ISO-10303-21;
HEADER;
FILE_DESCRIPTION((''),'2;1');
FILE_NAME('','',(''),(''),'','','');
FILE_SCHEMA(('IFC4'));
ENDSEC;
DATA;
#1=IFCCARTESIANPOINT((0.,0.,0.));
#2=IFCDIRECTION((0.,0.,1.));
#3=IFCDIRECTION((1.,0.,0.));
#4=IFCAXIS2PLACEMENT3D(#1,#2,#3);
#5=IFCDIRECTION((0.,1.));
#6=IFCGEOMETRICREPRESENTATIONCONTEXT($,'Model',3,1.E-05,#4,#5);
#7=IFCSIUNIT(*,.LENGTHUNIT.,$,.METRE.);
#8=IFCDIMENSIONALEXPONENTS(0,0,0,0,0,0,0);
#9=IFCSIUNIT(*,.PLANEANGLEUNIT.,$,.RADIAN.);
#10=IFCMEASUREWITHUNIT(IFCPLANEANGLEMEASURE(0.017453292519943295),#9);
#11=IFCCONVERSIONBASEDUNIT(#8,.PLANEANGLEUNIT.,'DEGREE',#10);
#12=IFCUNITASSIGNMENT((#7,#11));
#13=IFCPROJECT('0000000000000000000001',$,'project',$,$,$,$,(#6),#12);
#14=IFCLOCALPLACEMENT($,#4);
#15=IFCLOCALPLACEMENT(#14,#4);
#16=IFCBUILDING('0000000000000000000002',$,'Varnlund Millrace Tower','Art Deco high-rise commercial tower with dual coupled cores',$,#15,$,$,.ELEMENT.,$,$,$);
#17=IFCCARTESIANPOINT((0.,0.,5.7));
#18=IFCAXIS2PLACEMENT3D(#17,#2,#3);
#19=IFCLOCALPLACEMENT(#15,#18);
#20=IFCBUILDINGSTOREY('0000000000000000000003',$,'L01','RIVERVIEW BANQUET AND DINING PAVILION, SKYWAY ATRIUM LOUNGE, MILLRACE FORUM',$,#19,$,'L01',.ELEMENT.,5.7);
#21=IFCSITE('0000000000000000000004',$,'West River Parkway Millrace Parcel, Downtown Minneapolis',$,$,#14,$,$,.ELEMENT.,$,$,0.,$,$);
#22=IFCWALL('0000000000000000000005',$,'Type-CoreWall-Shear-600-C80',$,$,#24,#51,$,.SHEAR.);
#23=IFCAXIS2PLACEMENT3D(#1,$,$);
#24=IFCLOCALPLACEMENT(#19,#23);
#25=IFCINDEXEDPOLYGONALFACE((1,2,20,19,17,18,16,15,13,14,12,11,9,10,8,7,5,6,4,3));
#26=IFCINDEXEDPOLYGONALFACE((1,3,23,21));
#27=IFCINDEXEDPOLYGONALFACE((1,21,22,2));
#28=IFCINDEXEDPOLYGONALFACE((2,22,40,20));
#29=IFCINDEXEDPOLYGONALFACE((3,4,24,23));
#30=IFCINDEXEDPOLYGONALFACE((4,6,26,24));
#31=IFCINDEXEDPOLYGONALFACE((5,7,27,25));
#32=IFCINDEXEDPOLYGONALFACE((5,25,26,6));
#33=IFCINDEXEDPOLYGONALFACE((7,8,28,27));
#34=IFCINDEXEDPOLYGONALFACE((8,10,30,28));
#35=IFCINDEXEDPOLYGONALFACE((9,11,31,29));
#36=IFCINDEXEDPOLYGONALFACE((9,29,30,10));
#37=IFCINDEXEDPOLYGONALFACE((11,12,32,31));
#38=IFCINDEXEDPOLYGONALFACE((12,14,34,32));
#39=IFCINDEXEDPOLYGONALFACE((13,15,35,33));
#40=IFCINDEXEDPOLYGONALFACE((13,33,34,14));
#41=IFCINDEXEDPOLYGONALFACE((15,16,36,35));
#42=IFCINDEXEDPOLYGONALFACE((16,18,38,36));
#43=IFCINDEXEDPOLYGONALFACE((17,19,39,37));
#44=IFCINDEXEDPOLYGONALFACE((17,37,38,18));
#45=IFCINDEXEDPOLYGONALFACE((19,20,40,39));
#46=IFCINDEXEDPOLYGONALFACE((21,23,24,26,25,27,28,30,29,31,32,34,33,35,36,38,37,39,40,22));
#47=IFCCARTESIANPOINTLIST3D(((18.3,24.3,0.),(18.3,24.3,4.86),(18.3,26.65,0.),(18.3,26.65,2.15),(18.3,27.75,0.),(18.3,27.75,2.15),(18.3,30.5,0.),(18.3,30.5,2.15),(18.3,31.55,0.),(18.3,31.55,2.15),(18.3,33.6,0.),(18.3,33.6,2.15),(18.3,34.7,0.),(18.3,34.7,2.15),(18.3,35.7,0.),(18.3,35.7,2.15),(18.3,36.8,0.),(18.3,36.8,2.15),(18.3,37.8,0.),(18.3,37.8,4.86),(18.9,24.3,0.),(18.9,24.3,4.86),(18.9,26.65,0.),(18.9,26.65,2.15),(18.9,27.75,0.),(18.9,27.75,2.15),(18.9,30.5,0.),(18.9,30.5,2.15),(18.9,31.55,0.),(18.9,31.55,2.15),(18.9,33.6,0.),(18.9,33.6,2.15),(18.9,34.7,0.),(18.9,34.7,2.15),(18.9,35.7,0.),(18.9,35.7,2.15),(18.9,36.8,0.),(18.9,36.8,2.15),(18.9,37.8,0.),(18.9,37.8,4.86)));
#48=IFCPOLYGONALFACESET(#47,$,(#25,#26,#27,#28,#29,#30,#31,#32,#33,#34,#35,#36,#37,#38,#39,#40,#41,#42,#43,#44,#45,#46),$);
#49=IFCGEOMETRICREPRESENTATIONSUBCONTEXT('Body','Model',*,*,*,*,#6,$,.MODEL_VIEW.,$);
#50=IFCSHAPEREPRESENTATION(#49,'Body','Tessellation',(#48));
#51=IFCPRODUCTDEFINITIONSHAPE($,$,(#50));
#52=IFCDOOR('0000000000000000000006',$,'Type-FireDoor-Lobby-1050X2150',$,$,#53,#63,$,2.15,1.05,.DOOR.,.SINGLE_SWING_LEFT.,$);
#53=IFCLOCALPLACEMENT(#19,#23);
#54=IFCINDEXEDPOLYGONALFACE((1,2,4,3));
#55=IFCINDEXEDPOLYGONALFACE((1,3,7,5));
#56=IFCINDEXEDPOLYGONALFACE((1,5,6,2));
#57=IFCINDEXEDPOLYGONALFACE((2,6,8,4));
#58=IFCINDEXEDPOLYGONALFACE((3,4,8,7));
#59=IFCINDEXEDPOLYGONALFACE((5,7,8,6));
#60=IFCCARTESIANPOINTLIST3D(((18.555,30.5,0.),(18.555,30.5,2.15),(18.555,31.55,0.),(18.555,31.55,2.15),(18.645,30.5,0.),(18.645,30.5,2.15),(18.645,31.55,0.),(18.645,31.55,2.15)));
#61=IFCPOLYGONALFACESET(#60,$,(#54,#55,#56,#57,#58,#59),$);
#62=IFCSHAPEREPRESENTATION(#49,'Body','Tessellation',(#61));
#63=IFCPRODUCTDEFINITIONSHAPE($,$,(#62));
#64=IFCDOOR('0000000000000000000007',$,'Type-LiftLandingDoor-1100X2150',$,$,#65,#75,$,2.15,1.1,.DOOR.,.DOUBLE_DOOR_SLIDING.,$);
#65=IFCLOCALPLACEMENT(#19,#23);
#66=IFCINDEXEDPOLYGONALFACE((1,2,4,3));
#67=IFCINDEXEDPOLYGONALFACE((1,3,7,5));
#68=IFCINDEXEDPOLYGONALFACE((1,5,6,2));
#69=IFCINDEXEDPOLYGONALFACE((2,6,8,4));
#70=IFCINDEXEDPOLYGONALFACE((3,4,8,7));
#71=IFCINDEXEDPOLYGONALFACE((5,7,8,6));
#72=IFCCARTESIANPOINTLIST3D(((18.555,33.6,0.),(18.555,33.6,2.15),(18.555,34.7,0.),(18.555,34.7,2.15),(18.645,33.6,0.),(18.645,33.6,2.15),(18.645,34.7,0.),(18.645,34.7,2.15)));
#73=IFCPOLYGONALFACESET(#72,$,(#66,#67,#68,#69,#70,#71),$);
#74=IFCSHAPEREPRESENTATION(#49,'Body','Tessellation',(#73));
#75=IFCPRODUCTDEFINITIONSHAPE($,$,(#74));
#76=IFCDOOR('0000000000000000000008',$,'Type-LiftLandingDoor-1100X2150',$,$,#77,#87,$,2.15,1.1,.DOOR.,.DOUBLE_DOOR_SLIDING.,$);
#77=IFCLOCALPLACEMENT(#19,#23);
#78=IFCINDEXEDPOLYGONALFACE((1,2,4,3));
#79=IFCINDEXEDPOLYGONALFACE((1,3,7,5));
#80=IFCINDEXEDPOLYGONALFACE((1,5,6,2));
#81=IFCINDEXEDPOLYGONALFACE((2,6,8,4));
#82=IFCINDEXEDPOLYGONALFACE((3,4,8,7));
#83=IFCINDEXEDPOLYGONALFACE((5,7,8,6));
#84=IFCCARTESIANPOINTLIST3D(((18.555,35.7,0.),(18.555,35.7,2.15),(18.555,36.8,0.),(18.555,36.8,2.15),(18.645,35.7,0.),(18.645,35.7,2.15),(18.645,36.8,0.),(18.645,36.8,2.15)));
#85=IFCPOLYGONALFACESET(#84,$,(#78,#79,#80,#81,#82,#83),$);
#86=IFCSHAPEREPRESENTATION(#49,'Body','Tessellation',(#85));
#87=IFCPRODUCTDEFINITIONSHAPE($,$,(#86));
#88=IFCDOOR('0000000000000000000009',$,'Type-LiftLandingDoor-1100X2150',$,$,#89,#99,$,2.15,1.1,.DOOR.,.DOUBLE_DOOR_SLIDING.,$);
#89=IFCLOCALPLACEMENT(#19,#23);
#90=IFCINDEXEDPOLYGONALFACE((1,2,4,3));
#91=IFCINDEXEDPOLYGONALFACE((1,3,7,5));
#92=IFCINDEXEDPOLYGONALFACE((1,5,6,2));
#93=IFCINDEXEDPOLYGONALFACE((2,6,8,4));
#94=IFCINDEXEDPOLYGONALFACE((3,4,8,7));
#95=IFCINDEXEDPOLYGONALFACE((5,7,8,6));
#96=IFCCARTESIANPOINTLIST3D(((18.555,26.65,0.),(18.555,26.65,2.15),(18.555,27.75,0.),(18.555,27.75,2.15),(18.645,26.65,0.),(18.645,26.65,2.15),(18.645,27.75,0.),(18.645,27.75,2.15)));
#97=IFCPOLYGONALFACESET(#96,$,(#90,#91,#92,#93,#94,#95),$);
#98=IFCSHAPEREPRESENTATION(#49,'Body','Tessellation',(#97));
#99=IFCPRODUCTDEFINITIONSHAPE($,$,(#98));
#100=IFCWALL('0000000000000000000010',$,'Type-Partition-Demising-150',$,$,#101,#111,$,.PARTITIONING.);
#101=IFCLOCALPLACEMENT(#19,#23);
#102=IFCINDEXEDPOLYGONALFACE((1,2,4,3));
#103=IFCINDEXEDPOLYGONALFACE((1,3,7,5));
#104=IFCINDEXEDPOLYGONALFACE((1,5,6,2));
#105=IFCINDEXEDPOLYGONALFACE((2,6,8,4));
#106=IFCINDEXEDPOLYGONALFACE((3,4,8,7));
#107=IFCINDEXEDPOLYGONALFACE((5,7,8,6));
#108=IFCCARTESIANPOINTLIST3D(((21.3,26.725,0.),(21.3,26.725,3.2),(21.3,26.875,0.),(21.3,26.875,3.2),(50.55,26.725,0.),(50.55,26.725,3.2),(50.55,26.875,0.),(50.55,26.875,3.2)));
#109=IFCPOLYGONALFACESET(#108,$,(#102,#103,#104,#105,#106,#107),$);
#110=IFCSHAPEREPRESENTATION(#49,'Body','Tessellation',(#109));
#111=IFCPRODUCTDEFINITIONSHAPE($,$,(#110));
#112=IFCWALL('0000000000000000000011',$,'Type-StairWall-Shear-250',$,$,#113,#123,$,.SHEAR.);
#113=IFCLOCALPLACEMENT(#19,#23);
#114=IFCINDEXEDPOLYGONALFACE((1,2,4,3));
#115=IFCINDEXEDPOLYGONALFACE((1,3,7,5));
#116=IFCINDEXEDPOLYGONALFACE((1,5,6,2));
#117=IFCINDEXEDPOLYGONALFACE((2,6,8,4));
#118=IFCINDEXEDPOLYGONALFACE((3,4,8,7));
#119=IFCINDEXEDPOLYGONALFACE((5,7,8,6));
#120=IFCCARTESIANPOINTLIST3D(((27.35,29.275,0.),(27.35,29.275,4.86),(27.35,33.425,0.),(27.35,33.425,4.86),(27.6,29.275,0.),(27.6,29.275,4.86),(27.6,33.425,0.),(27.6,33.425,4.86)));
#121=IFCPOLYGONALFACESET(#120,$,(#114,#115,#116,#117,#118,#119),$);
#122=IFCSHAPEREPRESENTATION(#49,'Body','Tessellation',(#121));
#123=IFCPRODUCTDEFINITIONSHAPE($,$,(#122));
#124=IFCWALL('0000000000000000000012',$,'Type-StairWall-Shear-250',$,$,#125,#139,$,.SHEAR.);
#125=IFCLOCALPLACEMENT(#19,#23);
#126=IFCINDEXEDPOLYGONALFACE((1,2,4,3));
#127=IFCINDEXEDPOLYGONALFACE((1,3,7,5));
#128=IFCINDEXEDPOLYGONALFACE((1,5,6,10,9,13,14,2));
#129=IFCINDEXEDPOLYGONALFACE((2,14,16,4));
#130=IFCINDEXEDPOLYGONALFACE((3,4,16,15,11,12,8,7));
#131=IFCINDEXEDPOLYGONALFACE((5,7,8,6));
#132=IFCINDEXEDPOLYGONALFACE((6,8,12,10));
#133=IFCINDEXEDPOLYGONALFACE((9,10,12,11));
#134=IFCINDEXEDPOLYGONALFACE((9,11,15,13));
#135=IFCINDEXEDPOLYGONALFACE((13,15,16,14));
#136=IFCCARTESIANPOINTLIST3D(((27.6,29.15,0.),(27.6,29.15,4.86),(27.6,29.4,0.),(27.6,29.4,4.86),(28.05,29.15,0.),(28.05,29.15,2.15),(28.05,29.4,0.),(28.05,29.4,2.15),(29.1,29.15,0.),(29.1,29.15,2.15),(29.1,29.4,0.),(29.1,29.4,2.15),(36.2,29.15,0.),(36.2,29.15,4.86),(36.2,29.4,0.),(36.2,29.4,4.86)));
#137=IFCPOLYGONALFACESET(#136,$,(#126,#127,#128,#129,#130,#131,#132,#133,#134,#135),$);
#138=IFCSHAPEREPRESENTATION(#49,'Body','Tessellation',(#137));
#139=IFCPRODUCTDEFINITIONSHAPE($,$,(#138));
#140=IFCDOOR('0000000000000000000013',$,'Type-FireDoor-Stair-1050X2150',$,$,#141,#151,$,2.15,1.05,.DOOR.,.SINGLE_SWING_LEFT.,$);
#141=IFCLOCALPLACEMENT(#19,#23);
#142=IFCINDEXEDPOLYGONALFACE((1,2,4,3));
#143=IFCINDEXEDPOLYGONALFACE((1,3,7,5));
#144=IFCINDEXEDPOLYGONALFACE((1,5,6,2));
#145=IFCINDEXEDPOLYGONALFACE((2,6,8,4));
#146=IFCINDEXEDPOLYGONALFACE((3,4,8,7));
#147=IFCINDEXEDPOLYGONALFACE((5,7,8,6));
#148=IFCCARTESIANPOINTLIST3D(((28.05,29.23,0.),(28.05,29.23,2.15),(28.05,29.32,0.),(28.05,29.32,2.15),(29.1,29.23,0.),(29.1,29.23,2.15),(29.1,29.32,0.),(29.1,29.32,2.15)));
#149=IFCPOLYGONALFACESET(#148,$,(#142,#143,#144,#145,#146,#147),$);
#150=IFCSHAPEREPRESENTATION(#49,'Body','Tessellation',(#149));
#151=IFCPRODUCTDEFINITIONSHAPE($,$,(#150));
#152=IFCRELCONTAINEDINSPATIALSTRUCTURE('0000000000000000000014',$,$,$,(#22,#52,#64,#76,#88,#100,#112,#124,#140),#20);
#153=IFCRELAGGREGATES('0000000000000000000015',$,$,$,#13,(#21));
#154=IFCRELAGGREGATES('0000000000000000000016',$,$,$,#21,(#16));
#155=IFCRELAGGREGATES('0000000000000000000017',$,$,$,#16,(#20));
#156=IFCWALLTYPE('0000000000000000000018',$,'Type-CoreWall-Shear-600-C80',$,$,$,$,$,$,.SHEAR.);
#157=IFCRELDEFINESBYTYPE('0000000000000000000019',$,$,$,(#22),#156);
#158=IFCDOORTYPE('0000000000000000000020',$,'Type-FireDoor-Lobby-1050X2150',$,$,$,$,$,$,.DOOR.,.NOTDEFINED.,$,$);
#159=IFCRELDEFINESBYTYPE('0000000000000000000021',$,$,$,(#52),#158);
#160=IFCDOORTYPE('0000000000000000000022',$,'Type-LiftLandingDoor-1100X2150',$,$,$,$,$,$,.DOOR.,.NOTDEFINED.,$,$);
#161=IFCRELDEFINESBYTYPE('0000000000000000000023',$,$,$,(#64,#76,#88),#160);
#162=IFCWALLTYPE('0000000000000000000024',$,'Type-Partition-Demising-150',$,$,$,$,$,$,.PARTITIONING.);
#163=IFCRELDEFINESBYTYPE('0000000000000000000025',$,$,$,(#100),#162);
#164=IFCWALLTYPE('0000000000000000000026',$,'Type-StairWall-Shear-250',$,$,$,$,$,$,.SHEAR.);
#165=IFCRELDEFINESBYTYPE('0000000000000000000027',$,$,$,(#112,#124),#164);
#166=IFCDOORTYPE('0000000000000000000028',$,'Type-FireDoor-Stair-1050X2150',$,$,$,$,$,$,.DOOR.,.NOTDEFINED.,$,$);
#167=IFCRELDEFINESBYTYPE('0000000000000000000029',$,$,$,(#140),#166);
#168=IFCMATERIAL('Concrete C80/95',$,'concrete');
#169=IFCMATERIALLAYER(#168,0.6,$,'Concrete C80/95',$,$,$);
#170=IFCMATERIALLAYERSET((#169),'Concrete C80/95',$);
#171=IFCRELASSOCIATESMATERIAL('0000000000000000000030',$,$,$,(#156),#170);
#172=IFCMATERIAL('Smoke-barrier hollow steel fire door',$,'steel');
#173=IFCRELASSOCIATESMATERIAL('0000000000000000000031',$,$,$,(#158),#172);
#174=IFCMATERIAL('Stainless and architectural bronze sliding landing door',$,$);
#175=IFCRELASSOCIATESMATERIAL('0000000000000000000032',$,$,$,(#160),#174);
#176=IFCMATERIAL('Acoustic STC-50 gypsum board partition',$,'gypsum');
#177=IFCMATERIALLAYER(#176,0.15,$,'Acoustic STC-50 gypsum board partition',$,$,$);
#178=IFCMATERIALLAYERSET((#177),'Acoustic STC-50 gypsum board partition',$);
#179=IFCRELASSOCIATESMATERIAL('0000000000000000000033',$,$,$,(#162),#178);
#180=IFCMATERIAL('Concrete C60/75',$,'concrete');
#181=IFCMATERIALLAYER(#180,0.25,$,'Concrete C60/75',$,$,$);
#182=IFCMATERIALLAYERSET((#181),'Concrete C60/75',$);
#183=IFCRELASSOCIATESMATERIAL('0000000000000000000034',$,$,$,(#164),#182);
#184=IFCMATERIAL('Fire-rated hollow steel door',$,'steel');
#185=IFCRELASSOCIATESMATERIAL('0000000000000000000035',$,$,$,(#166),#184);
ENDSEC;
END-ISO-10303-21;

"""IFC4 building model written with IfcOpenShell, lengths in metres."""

from ifc_helpers import new_model, entity, si_unit, converted_unit, direction, frame, origin_with_axes, origin_2d_with_axis, place, context, subcontext, project, spatial, polyline, rectangle, outline, extrude, material, layer, layer_set, type_object, element, fill, save


model = new_model("IFC4")

# Units and contexts
model_context = context("Model", 3, precision=1e-05, world=origin_with_axes(), true_north=direction((0.0, 1.0)))
body_context = subcontext(model_context, "Body", "Model", "MODEL_VIEW")
ifc_project = project(units=[si_unit("LENGTHUNIT", "METRE"), converted_unit("PLANEANGLEUNIT", "DEGREE", entity("IfcPlaneAngleMeasure", 0.017453292519943295), si_unit("PLANEANGLEUNIT", "RADIAN"), dimensions=[0, 0, 0, 0, 0, 0, 0])], contexts=[model_context])

# Site, building, storey
site_placement = place(None, origin_with_axes())
site = spatial("IfcSite", under=ifc_project, at=site_placement, Name="West River Parkway Millrace Parcel, Downtown Minneapolis", CompositionType="ELEMENT", RefElevation=0.0)
building_placement = place(site_placement, origin_with_axes())
building = spatial("IfcBuilding", under=site, at=building_placement, Name="Varnlund Millrace Tower", Description="Art Deco high-rise commercial tower with dual coupled cores", CompositionType="ELEMENT")
storey_placement = place(building_placement, frame((0.0, 0.0, 5.7), z_axis=(0.0, 0.0, 1.0), x_axis=(1.0, 0.0, 0.0)))
storey = spatial("IfcBuildingStorey", under=building, at=storey_placement, Name="L01", Description="RIVERVIEW BANQUET AND DINING PAVILION, SKYWAY ATRIUM LOUNGE, MILLRACE FORUM", LongName="L01", CompositionType="ELEMENT", Elevation=5.7)

# Shared definitions
ifc_material_1 = material(Name="Concrete C80/95", Category="concrete")

# Wall, openings, doors
ifc_layer_1 = layer(ifc_material_1, 0.6, Name="Concrete C80/95")
ifc_layer_set_1 = layer_set([ifc_layer_1], Name="Concrete C80/95")
wall_type_1 = type_object("IfcWallType", Name="Type-CoreWall-Shear-600-C80", PredefinedType="SHEAR", material=ifc_layer_set_1)
wall_1_placement = place(storey_placement, frame((18.6, 24.3, 0.0), z_axis=(0.0, 0.0, 1.0), x_axis=(0.0, 1.0, 0.0)))
wall_1 = element("IfcWall", 1, at=wall_1_placement, inside=storey, type_object=wall_type_1, Name="Type-CoreWall-Shear-600-C80", PredefinedType="SHEAR", context=body_context, shape_type="SweptSolid", body=[
    extrude(outline(polyline([(0.0, -0.3), (13.5, -0.3), (13.5, 0.3), (0.0, 0.3), (0.0, -0.3)])), origin_with_axes(), (0.0, 0.0, 1.0), 4.86),
])
opening_1_placement = place(wall_1_placement, frame((9.85, 0.0, 0.0), z_axis=(0.0, 0.0, 1.0), x_axis=(1.0, 0.0, 0.0)))
opening_1 = element("IfcOpeningElement", 2, at=opening_1_placement, cuts=wall_1, PredefinedType="OPENING", context=body_context, shape_type="SweptSolid", body=[
    extrude(rectangle(XDim=1.1, YDim=0.62, at=origin_2d_with_axis()), origin_with_axes(), (0.0, 0.0, 1.0), 2.15),
])
opening_2_placement = place(wall_1_placement, frame((11.95, 0.0, 0.0), z_axis=(0.0, 0.0, 1.0), x_axis=(1.0, 0.0, 0.0)))
opening_2 = element("IfcOpeningElement", 3, at=opening_2_placement, cuts=wall_1, PredefinedType="OPENING", context=body_context, shape_type="SweptSolid", body=[
    extrude(rectangle(XDim=1.1, YDim=0.62, at=origin_2d_with_axis()), origin_with_axes(), (0.0, 0.0, 1.0), 2.15),
])
opening_3_placement = place(wall_1_placement, frame((2.9, 0.0, 0.0), z_axis=(0.0, 0.0, 1.0), x_axis=(1.0, 0.0, 0.0)))
opening_3 = element("IfcOpeningElement", 4, at=opening_3_placement, cuts=wall_1, PredefinedType="OPENING", context=body_context, shape_type="SweptSolid", body=[
    extrude(rectangle(XDim=1.1, YDim=0.62, at=origin_2d_with_axis()), origin_with_axes(), (0.0, 0.0, 1.0), 2.15),
])
opening_4_placement = place(wall_1_placement, frame((6.725, 0.0, 0.0), z_axis=(0.0, 0.0, 1.0), x_axis=(1.0, 0.0, 0.0)))
opening_4 = element("IfcOpeningElement", 5, at=opening_4_placement, cuts=wall_1, PredefinedType="OPENING", context=body_context, shape_type="SweptSolid", body=[
    extrude(rectangle(XDim=1.05, YDim=0.62, at=origin_2d_with_axis()), origin_with_axes(), (0.0, 0.0, 1.0), 2.15),
])
ifc_material_2 = material(Name="Smoke-barrier hollow steel fire door", Category="steel")
door_type_1 = type_object("IfcDoorType", Name="Type-FireDoor-Lobby-1050X2150", OperationType="NOTDEFINED", PredefinedType="DOOR", material=ifc_material_2)
door_1_placement = place(wall_1_placement, frame((6.725, 0.0, 0.0), z_axis=(0.0, 0.0, 1.0), x_axis=(1.0, 0.0, 0.0)))
door_1 = element("IfcDoor", 6, at=door_1_placement, inside=storey, type_object=door_type_1, Name="Type-FireDoor-Lobby-1050X2150", OperationType="SINGLE_SWING_LEFT", OverallHeight=2.15, OverallWidth=1.05, PredefinedType="DOOR", context=body_context, shape_type="SweptSolid", body=[
    extrude(rectangle(XDim=1.05, YDim=0.09, at=origin_2d_with_axis()), origin_with_axes(), (0.0, 0.0, 1.0), 2.15),
])
fill(opening_4, door_1)
ifc_material_3 = material(Name="Stainless and architectural bronze sliding landing door")
door_type_2 = type_object("IfcDoorType", Name="Type-LiftLandingDoor-1100X2150", OperationType="NOTDEFINED", PredefinedType="DOOR", material=ifc_material_3)
door_2_placement = place(wall_1_placement, frame((9.85, 0.0, 0.0), z_axis=(0.0, 0.0, 1.0), x_axis=(1.0, 0.0, 0.0)))
door_2 = element("IfcDoor", 7, at=door_2_placement, inside=storey, type_object=door_type_2, Name="Type-LiftLandingDoor-1100X2150", OperationType="DOUBLE_DOOR_SLIDING", OverallHeight=2.15, OverallWidth=1.1, PredefinedType="DOOR", context=body_context, shape_type="SweptSolid", body=[
    extrude(rectangle(XDim=1.1, YDim=0.09, at=origin_2d_with_axis()), origin_with_axes(), (0.0, 0.0, 1.0), 2.15),
])
fill(opening_1, door_2)
door_3_placement = place(wall_1_placement, frame((11.95, 0.0, 0.0), z_axis=(0.0, 0.0, 1.0), x_axis=(1.0, 0.0, 0.0)))
door_3 = element("IfcDoor", 8, at=door_3_placement, inside=storey, type_object=door_type_2, Name="Type-LiftLandingDoor-1100X2150", OperationType="DOUBLE_DOOR_SLIDING", OverallHeight=2.15, OverallWidth=1.1, PredefinedType="DOOR", context=body_context, shape_type="SweptSolid", body=[
    extrude(rectangle(XDim=1.1, YDim=0.09, at=origin_2d_with_axis()), origin_with_axes(), (0.0, 0.0, 1.0), 2.15),
])
fill(opening_2, door_3)
door_4_placement = place(wall_1_placement, frame((2.9, 0.0, 0.0), z_axis=(0.0, 0.0, 1.0), x_axis=(1.0, 0.0, 0.0)))
door_4 = element("IfcDoor", 9, at=door_4_placement, inside=storey, type_object=door_type_2, Name="Type-LiftLandingDoor-1100X2150", OperationType="DOUBLE_DOOR_SLIDING", OverallHeight=2.15, OverallWidth=1.1, PredefinedType="DOOR", context=body_context, shape_type="SweptSolid", body=[
    extrude(rectangle(XDim=1.1, YDim=0.09, at=origin_2d_with_axis()), origin_with_axes(), (0.0, 0.0, 1.0), 2.15),
])
fill(opening_3, door_4)

# Walls
ifc_material_4 = material(Name="Acoustic STC-50 gypsum board partition", Category="gypsum")
ifc_layer_2 = layer(ifc_material_4, 0.15, Name="Acoustic STC-50 gypsum board partition")
ifc_layer_set_2 = layer_set([ifc_layer_2], Name="Acoustic STC-50 gypsum board partition")
wall_type_2 = type_object("IfcWallType", Name="Type-Partition-Demising-150", PredefinedType="PARTITIONING", material=ifc_layer_set_2)
wall_2_placement = place(storey_placement, frame((21.3, 26.8, 0.0), z_axis=(0.0, 0.0, 1.0), x_axis=(1.0, 0.0, 0.0)))
element("IfcWall", 10, at=wall_2_placement, inside=storey, type_object=wall_type_2, Name="Type-Partition-Demising-150", PredefinedType="PARTITIONING", context=body_context, shape_type="SweptSolid", body=[
    extrude(outline(polyline([(0.0, -0.075), (29.25, -0.075), (29.25, 0.075), (0.0, 0.075), (0.0, -0.075)])), origin_with_axes(), (0.0, 0.0, 1.0), 3.2),
])
ifc_material_5 = material(Name="Concrete C60/75", Category="concrete")
ifc_layer_3 = layer(ifc_material_5, 0.25, Name="Concrete C60/75")
ifc_layer_set_3 = layer_set([ifc_layer_3], Name="Concrete C60/75")
wall_type_3 = type_object("IfcWallType", Name="Type-StairWall-Shear-250", PredefinedType="SHEAR", material=ifc_layer_set_3)
wall_3_placement = place(storey_placement, frame((27.475, 29.275, 0.0), z_axis=(0.0, 0.0, 1.0), x_axis=(0.0, 1.0, 0.0)))
element("IfcWall", 11, at=wall_3_placement, inside=storey, type_object=wall_type_3, Name="Type-StairWall-Shear-250", PredefinedType="SHEAR", context=body_context, shape_type="SweptSolid", body=[
    extrude(outline(polyline([(0.0, -0.125), (4.15, -0.125), (4.15, 0.125), (0.0, 0.125), (0.0, -0.125)])), origin_with_axes(), (0.0, 0.0, 1.0), 4.86),
])

# Wall, opening, door
wall_4_placement = place(storey_placement, frame((27.6, 29.275, 0.0), z_axis=(0.0, 0.0, 1.0), x_axis=(1.0, 0.0, 0.0)))
wall_4 = element("IfcWall", 12, at=wall_4_placement, inside=storey, type_object=wall_type_3, Name="Type-StairWall-Shear-250", PredefinedType="SHEAR", context=body_context, shape_type="SweptSolid", body=[
    extrude(outline(polyline([(0.0, -0.125), (8.6, -0.125), (8.6, 0.125), (0.0, 0.125), (0.0, -0.125)])), origin_with_axes(), (0.0, 0.0, 1.0), 4.86),
])
opening_5_placement = place(wall_4_placement, frame((0.975, 0.0, 0.0), z_axis=(0.0, 0.0, 1.0), x_axis=(1.0, 0.0, 0.0)))
opening_5 = element("IfcOpeningElement", 13, at=opening_5_placement, cuts=wall_4, PredefinedType="OPENING", context=body_context, shape_type="SweptSolid", body=[
    extrude(rectangle(XDim=1.05, YDim=0.27, at=origin_2d_with_axis()), origin_with_axes(), (0.0, 0.0, 1.0), 2.15),
])
ifc_material_6 = material(Name="Fire-rated hollow steel door", Category="steel")
door_type_3 = type_object("IfcDoorType", Name="Type-FireDoor-Stair-1050X2150", OperationType="NOTDEFINED", PredefinedType="DOOR", material=ifc_material_6)
door_5_placement = place(wall_4_placement, frame((0.975, 0.0, 0.0), z_axis=(0.0, 0.0, 1.0), x_axis=(1.0, 0.0, 0.0)))
door_5 = element("IfcDoor", 14, at=door_5_placement, inside=storey, type_object=door_type_3, Name="Type-FireDoor-Stair-1050X2150", OperationType="SINGLE_SWING_LEFT", OverallHeight=2.15, OverallWidth=1.05, PredefinedType="DOOR", context=body_context, shape_type="SweptSolid", body=[
    extrude(rectangle(XDim=1.05, YDim=0.09, at=origin_2d_with_axis()), origin_with_axes(), (0.0, 0.0, 1.0), 2.15),
])
fill(opening_5, door_5)

save(model, "model.ifc")
